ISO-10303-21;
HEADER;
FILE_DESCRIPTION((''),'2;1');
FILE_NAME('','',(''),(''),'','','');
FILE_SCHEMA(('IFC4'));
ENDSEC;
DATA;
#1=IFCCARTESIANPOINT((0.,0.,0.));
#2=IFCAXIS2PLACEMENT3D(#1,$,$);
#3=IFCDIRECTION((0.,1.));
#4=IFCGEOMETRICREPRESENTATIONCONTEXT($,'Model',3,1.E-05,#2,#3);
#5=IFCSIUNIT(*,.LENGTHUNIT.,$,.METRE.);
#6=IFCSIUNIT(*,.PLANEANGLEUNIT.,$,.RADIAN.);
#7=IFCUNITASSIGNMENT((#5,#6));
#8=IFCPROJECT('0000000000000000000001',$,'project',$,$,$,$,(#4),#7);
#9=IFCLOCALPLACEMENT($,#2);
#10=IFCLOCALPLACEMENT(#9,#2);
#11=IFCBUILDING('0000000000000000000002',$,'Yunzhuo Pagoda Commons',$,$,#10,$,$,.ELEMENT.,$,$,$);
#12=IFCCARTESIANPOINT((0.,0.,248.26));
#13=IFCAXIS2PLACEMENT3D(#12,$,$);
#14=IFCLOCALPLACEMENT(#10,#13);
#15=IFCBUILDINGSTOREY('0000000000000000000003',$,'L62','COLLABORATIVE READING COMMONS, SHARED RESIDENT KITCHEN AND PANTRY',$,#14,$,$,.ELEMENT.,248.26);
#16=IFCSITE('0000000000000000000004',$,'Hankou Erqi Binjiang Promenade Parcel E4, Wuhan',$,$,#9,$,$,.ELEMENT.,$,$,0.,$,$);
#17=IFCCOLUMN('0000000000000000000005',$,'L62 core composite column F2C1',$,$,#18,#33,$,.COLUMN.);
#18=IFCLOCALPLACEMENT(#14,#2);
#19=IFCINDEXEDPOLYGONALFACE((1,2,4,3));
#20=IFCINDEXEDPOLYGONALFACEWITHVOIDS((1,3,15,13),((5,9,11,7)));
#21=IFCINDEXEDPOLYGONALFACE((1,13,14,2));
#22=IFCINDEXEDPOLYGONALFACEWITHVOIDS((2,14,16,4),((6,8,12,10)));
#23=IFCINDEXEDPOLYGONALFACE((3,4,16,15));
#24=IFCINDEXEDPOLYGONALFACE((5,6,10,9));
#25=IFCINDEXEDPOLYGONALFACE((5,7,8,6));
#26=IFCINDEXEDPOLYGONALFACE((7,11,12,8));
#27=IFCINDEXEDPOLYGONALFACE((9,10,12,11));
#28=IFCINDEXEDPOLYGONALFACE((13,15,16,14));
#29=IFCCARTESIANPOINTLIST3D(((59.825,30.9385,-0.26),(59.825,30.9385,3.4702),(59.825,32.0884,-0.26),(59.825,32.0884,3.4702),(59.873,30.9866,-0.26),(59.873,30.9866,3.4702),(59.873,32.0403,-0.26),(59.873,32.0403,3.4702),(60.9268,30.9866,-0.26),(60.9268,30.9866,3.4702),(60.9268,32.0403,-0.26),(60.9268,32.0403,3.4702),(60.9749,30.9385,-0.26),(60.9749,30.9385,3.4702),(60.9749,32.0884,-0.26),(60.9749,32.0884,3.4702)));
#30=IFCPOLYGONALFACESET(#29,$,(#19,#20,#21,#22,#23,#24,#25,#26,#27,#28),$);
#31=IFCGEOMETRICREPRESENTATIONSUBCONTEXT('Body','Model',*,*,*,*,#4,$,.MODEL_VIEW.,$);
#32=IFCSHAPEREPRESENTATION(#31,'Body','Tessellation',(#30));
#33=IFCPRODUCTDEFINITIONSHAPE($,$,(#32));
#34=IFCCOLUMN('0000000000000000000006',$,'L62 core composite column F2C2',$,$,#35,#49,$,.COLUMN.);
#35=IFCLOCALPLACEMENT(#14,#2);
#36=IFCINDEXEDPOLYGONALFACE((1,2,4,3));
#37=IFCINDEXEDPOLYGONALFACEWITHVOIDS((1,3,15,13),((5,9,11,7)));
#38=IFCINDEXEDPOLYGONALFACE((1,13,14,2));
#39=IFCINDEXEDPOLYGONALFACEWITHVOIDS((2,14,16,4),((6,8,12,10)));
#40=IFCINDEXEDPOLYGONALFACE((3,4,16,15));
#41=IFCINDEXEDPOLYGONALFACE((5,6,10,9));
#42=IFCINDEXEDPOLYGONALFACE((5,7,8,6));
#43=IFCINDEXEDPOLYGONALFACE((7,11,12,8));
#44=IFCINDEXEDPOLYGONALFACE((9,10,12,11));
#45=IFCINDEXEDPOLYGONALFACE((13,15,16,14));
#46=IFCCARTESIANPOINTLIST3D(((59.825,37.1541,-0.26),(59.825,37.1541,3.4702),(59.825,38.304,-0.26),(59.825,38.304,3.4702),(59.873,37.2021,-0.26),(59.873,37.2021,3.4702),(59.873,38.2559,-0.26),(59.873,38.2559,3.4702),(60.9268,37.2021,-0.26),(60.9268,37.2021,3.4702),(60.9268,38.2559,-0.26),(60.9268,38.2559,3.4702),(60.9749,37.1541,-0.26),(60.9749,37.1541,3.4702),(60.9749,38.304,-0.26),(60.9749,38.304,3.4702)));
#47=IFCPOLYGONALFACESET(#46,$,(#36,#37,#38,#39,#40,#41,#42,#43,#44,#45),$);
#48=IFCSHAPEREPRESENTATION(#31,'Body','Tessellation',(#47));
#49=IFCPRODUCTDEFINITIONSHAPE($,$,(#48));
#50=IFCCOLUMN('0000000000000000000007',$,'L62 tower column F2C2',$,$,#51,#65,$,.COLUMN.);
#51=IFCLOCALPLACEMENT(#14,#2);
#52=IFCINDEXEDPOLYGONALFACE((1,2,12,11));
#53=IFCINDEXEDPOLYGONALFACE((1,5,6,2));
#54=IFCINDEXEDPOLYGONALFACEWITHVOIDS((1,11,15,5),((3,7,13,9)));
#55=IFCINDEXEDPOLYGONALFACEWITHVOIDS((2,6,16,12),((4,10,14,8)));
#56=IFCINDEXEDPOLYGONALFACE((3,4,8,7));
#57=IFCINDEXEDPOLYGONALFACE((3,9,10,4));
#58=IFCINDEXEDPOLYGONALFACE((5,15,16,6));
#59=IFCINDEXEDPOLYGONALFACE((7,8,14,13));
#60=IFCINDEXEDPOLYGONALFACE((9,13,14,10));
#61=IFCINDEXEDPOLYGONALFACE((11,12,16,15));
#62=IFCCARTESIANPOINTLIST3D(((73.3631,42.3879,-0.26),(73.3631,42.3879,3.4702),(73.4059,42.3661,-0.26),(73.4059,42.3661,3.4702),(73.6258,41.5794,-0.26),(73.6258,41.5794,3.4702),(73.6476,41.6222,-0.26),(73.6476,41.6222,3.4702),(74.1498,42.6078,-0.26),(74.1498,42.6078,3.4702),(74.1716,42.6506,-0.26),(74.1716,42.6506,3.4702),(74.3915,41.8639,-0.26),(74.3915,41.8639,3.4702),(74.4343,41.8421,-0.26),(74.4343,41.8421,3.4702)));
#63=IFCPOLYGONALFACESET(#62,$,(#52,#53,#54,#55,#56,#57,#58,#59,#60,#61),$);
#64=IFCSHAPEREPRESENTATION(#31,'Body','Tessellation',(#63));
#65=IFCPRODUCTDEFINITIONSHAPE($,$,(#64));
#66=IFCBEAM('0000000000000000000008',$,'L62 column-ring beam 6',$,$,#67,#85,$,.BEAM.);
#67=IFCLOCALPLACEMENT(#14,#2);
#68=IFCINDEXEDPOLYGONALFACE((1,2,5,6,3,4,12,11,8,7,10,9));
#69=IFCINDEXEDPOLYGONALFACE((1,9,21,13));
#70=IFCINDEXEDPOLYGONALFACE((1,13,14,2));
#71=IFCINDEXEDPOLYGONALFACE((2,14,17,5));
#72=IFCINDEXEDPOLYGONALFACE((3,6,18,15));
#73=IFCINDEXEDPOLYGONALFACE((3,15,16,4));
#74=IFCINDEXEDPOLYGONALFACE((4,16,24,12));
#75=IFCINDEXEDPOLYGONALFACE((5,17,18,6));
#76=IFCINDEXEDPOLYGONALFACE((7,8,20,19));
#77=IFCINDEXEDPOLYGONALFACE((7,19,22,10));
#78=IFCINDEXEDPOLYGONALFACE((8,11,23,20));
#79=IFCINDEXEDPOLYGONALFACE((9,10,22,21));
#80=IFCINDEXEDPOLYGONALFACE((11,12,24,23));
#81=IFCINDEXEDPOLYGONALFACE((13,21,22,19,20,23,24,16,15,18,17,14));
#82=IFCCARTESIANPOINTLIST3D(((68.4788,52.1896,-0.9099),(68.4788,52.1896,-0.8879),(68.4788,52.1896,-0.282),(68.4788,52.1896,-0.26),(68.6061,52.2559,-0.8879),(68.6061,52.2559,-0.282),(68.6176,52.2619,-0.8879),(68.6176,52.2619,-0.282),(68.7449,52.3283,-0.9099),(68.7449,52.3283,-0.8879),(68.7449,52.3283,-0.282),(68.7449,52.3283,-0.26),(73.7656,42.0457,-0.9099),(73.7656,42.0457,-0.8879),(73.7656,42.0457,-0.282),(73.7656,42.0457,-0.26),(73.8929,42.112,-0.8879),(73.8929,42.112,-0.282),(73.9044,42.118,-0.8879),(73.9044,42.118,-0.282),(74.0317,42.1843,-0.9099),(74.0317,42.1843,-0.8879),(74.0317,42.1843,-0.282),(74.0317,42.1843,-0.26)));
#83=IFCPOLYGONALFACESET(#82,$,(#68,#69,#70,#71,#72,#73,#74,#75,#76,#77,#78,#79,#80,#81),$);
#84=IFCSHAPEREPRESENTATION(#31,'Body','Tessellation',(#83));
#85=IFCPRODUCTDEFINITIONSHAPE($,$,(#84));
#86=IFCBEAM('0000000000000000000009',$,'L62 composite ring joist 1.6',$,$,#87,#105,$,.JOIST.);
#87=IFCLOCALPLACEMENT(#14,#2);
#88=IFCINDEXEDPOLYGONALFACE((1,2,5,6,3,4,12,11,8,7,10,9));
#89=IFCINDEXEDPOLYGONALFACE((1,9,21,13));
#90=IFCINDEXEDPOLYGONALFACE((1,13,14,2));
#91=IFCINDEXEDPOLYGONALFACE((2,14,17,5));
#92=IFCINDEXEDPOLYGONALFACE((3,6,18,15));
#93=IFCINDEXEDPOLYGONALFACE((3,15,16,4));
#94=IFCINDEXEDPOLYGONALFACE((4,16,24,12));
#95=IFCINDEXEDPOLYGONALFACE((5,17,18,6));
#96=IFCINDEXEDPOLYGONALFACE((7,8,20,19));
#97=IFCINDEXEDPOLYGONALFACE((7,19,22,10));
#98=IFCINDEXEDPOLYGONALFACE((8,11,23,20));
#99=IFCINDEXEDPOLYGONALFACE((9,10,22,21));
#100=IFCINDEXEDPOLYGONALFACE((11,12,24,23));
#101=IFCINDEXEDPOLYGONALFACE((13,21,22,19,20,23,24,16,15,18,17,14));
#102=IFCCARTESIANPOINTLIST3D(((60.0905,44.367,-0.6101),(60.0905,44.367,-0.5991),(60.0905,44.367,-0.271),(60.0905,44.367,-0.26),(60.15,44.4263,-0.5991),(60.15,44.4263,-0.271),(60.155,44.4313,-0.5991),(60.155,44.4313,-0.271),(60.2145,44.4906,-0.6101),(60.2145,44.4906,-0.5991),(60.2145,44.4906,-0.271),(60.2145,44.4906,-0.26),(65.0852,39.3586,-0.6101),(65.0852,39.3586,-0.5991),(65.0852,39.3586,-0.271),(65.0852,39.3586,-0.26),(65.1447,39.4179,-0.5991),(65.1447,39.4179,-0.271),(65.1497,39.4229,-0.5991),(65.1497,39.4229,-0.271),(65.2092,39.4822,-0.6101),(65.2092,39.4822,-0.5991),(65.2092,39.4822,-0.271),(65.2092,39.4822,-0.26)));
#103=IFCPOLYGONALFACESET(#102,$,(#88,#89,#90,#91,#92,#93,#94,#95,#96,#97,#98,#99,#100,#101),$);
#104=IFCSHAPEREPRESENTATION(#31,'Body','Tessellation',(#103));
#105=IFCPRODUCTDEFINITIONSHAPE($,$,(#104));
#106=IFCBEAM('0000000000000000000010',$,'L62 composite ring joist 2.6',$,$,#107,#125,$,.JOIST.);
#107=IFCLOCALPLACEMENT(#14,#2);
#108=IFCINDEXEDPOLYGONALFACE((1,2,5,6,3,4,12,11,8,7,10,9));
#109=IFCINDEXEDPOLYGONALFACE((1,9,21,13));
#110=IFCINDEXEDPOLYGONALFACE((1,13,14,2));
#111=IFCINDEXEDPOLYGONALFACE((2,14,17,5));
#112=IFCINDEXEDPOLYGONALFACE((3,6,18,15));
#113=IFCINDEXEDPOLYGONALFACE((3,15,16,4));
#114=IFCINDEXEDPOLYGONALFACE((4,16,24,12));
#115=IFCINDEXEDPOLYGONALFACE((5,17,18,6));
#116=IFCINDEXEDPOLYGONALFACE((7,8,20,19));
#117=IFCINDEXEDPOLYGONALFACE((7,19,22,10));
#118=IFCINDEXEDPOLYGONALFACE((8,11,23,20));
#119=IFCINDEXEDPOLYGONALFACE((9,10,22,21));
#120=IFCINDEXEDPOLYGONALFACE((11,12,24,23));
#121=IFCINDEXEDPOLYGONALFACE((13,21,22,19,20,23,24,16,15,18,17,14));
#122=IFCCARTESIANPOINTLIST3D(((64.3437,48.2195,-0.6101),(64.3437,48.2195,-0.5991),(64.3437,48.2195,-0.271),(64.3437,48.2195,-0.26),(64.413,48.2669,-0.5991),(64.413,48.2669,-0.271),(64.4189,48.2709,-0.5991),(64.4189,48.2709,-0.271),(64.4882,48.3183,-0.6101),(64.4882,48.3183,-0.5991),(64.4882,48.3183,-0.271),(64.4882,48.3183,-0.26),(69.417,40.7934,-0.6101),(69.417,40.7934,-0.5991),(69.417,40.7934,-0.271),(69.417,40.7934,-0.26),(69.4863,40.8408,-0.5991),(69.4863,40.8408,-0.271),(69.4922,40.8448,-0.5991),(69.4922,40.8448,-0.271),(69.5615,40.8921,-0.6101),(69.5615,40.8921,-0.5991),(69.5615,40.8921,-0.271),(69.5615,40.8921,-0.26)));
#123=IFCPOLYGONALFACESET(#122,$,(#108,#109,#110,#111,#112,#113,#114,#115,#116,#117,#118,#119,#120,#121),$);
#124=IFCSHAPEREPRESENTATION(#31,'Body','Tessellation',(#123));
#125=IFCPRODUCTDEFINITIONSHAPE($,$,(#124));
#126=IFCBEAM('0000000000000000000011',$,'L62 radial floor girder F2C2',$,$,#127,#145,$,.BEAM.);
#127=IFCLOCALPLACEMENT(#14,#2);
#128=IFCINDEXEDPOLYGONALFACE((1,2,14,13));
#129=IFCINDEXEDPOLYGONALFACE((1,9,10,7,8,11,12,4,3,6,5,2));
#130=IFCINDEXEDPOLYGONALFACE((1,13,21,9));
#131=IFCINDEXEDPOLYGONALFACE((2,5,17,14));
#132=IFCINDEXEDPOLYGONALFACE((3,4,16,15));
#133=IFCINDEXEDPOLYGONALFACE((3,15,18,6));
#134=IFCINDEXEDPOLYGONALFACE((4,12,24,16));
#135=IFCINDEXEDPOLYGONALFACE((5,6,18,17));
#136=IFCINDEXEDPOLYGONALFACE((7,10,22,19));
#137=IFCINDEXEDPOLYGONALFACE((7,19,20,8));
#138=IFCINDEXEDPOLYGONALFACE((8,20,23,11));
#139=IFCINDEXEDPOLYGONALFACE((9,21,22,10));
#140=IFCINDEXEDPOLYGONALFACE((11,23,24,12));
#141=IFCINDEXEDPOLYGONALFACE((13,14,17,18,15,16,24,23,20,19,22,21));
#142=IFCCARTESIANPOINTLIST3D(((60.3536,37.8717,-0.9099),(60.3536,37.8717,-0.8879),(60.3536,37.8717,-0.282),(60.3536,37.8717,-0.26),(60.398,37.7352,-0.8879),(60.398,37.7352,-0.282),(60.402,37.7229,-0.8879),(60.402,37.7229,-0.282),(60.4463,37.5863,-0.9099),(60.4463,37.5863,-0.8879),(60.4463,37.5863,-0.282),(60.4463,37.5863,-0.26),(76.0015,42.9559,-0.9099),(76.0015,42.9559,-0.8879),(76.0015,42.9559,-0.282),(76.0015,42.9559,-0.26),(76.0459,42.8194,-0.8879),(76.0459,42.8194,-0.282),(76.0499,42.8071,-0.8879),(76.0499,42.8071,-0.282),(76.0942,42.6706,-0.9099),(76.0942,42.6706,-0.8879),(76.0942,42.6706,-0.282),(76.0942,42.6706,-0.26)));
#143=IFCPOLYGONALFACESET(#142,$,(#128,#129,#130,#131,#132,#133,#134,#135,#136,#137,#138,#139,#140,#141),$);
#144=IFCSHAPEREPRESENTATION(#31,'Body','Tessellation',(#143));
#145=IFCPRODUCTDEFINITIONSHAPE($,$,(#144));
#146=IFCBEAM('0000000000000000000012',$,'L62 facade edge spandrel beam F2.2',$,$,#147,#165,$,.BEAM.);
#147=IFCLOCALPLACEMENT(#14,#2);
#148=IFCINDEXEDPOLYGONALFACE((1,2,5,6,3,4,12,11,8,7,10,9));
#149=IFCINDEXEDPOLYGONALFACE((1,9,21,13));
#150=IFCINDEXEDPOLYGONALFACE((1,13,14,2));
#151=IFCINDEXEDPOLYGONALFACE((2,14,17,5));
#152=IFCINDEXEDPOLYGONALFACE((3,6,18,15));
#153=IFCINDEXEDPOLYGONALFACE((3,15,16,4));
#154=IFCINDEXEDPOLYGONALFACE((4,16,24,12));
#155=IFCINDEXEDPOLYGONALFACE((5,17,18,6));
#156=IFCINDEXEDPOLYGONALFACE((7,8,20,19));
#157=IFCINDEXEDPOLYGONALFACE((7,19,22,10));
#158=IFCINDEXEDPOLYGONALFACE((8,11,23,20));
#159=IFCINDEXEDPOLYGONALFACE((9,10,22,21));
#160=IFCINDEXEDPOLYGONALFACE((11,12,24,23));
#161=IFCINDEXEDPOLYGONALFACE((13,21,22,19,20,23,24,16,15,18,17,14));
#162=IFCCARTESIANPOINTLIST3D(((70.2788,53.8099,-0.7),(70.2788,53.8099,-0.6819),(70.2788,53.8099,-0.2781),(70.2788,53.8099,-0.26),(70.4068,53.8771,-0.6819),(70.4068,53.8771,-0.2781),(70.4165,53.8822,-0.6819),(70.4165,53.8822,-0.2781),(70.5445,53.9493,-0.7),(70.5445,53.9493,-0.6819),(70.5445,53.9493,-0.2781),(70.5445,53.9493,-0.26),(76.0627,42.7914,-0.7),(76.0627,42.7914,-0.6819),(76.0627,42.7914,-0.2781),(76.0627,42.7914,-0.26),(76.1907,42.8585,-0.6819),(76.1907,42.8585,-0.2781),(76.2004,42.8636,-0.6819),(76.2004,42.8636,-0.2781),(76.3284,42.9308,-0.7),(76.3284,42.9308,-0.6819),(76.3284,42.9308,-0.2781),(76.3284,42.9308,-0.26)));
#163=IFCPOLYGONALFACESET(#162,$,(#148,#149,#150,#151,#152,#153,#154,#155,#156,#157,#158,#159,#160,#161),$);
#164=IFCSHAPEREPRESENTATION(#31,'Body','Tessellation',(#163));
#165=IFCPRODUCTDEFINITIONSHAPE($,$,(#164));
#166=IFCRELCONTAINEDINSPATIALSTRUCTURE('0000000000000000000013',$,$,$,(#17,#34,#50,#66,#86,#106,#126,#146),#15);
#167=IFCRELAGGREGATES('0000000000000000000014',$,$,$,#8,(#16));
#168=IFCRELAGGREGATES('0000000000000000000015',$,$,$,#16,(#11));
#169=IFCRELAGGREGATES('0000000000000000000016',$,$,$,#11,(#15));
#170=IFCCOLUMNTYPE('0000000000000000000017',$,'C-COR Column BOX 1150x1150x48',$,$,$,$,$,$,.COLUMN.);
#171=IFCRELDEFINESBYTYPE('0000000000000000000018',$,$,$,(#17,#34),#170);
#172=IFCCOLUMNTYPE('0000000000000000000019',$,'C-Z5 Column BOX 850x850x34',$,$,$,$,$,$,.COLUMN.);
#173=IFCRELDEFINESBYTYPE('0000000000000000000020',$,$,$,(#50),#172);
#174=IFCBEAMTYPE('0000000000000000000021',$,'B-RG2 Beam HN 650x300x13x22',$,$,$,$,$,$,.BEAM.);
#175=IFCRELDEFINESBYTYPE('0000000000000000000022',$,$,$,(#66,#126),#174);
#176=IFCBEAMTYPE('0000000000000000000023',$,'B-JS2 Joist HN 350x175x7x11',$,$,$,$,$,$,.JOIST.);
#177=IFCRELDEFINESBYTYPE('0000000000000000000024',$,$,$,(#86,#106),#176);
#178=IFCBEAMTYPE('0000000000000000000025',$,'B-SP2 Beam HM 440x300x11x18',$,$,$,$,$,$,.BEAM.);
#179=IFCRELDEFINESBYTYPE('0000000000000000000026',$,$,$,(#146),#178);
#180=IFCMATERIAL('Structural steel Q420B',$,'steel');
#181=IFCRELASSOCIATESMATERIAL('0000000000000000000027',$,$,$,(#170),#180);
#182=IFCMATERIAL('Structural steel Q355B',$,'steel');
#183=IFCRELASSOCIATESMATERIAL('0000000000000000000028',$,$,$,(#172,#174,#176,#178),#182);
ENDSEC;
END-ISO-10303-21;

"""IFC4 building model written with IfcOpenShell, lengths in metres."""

from ifc_helpers import new_model, si_unit, direction, frame, origin, origin_2d, place, context, subcontext, project, spatial, hollow_rectangle, i_section, extrude, source, transform, mapped, material, material_profile, profile_set, type_object, element, save


model = new_model("IFC4")

# Units and contexts
model_context = context("Model", 3, precision=1e-05, world=origin(), true_north=direction((0.0, 1.0)))
body_context = subcontext(model_context, "Body", "Model", "MODEL_VIEW")
ifc_project = project(units=[si_unit("LENGTHUNIT", "METRE"), si_unit("PLANEANGLEUNIT", "RADIAN")], contexts=[model_context])

# Site, building, storey
site_placement = place(None, origin())
site = spatial("IfcSite", under=ifc_project, at=site_placement, Name="Hankou Erqi Binjiang Promenade Parcel E4, Wuhan", CompositionType="ELEMENT", RefElevation=0.0)
building_placement = place(site_placement, origin())
building = spatial("IfcBuilding", under=site, at=building_placement, Name="Yunzhuo Pagoda Commons", CompositionType="ELEMENT")
storey_placement = place(building_placement, frame((0.0, 0.0, 248.26)))
storey = spatial("IfcBuildingStorey", under=building, at=storey_placement, Name="L62", Description="COLLABORATIVE READING COMMONS, SHARED RESIDENT KITCHEN AND PANTRY", CompositionType="ELEMENT", Elevation=248.26)

# Columns
ifc_material_1 = material(Name="Structural steel Q420B", Category="steel")
ifc_material_profile_1 = material_profile(ifc_material_1, hollow_rectangle(XDim=1.1499, YDim=1.1499, WallThickness=0.0481, at=origin_2d()), Name="Structural steel Q420B")
ifc_profile_set_1 = profile_set([ifc_material_profile_1], Name="Structural steel Q420B")
column_type_1 = type_object("IfcColumnType", Name="C-COR Column BOX 1150x1150x48", PredefinedType="COLUMN", material=ifc_profile_set_1)
shared_shape_1 = source(origin(), body_context, "Body", "SweptSolid", [
    extrude(hollow_rectangle(XDim=1.1499, YDim=1.1499, WallThickness=0.0481, at=origin_2d()), origin(), (0.0, 0.0, 1.0), 3.7302),
])
for number, where, z_axis, x_axis, name in (
    (1, (60.3999, 31.5134, -0.26), (0.0, 0.0, 1.0), (1.0, 0.0, 0.0), "L62 core composite column F2C1"),
    (2, (60.3999, 37.729, -0.26), (0.0, 0.0, 1.0), (1.0, 0.0, 0.0), "L62 core composite column F2C2"),
):
    element("IfcColumn", number, at=place(storey_placement, frame(where, z_axis=z_axis, x_axis=x_axis)), inside=storey, type_object=column_type_1, Name=name, PredefinedType="COLUMN", context=body_context, shape_type="MappedRepresentation", body=[
        mapped(shared_shape_1, transform((0.0, 0.0, 0.0), scale=1.0)),
    ])
ifc_material_2 = material(Name="Structural steel Q355B", Category="steel")
ifc_material_profile_2 = material_profile(ifc_material_2, hollow_rectangle(XDim=0.8501, YDim=0.8501, WallThickness=0.0339, at=origin_2d()), Name="Structural steel Q355B")
ifc_profile_set_2 = profile_set([ifc_material_profile_2], Name="Structural steel Q355B")
column_type_2 = type_object("IfcColumnType", Name="C-Z5 Column BOX 850x850x34", PredefinedType="COLUMN", material=ifc_profile_set_2)
shared_shape_2 = source(origin(), body_context, "Body", "SweptSolid", [
    extrude(hollow_rectangle(XDim=0.8501, YDim=0.8501, WallThickness=0.0339, at=origin_2d()), origin(), (0.0, 0.0, 1.0), 3.7302),
])
column_placement = place(storey_placement, frame((73.8987, 42.115, -0.26), z_axis=(0.0, 0.0, 1.0), x_axis=(-0.309017, 0.951057, 0.0)))
element("IfcColumn", 3, at=column_placement, inside=storey, type_object=column_type_2, Name="L62 tower column F2C2", PredefinedType="COLUMN", context=body_context, shape_type="MappedRepresentation", body=[
    mapped(shared_shape_2, transform((0.0, 0.0, 0.0), scale=1.0)),
])

# Beams
ifc_material_profile_3 = material_profile(ifc_material_2, i_section(OverallWidth=0.3, OverallDepth=0.6499, WebThickness=0.0129, FlangeThickness=0.022, at=origin_2d()), Name="Structural steel Q355B")
ifc_profile_set_3 = profile_set([ifc_material_profile_3], Name="Structural steel Q355B")
beam_type_1 = type_object("IfcBeamType", Name="B-RG2 Beam HN 650x300x13x22", PredefinedType="BEAM", material=ifc_profile_set_3)
shared_shape_3 = source(origin(), body_context, "Body", "SweptSolid", [
    extrude(i_section(OverallWidth=0.3, OverallDepth=0.6499, WebThickness=0.0129, FlangeThickness=0.022, at=origin_2d()), origin(), (0.0, 0.0, 1.0), 11.439),
])
beam_1_placement = place(storey_placement, frame((73.8987, 42.115, -0.585), z_axis=(-0.462176, 0.886788, 0.0), x_axis=(-0.886788, -0.462176, 0.0)))
element("IfcBeam", 4, at=beam_1_placement, inside=storey, type_object=beam_type_1, Name="L62 column-ring beam 6", PredefinedType="BEAM", context=body_context, shape_type="MappedRepresentation", body=[
    mapped(shared_shape_3, transform((0.0, 0.0, 0.0), scale=1.0)),
])
ifc_material_profile_4 = material_profile(ifc_material_2, i_section(OverallWidth=0.175, OverallDepth=0.3501, WebThickness=0.0071, FlangeThickness=0.011, at=origin_2d()), Name="Structural steel Q355B")
ifc_profile_set_4 = profile_set([ifc_material_profile_4], Name="Structural steel Q355B")
beam_type_2 = type_object("IfcBeamType", Name="B-JS2 Joist HN 350x175x7x11", PredefinedType="JOIST", material=ifc_profile_set_4)
shared_shape_4 = source(origin(), body_context, "Body", "SweptSolid", [
    extrude(i_section(OverallWidth=0.175, OverallDepth=0.3501, WebThickness=0.0071, FlangeThickness=0.011, at=origin_2d()), origin(), (0.0, 0.0, 1.0), 7.0732),
])
beam_2_placement = place(storey_placement, frame((65.1472, 39.4204, -0.4351), z_axis=(-0.70614, 0.708073, 0.0), x_axis=(-0.708073, -0.70614, 0.0)))
element("IfcBeam", 5, at=beam_2_placement, inside=storey, type_object=beam_type_2, Name="L62 composite ring joist 1.6", PredefinedType="JOIST", context=body_context, shape_type="MappedRepresentation", body=[
    mapped(shared_shape_4, transform((0.0, 0.0, 0.0), scale=1.0)),
])
shared_shape_5 = source(origin(), body_context, "Body", "SweptSolid", [
    extrude(i_section(OverallWidth=0.175, OverallDepth=0.3501, WebThickness=0.0071, FlangeThickness=0.011, at=origin_2d()), origin(), (0.0, 0.0, 1.0), 8.9937),
])
beam_3_placement = place(storey_placement, frame((69.4893, 40.8428, -0.4351), z_axis=(-0.564099, 0.825707, 0.0), x_axis=(-0.825707, -0.564099, 0.0)))
element("IfcBeam", 6, at=beam_3_placement, inside=storey, type_object=beam_type_2, Name="L62 composite ring joist 2.6", PredefinedType="JOIST", context=body_context, shape_type="MappedRepresentation", body=[
    mapped(shared_shape_5, transform((0.0, 0.0, 0.0), scale=1.0)),
])
shared_shape_6 = source(origin(), body_context, "Body", "SweptSolid", [
    extrude(i_section(OverallWidth=0.3, OverallDepth=0.6499, WebThickness=0.0129, FlangeThickness=0.022, at=origin_2d()), origin(), (0.0, 0.0, 1.0), 16.4531),
])
beam_4_placement = place(storey_placement, frame((76.0479, 42.8132, -0.585), z_axis=(-0.951058, -0.309012, 0.0), x_axis=(0.309012, -0.951058, 0.0)))
element("IfcBeam", 7, at=beam_4_placement, inside=storey, type_object=beam_type_1, Name="L62 radial floor girder F2C2", PredefinedType="BEAM", context=body_context, shape_type="MappedRepresentation", body=[
    mapped(shared_shape_6, transform((0.0, 0.0, 0.0), scale=1.0)),
])
ifc_material_profile_5 = material_profile(ifc_material_2, i_section(OverallWidth=0.3, OverallDepth=0.4399, WebThickness=0.011, FlangeThickness=0.0181, at=origin_2d()), Name="Structural steel Q355B")
ifc_profile_set_5 = profile_set([ifc_material_profile_5], Name="Structural steel Q355B")
beam_type_3 = type_object("IfcBeamType", Name="B-SP2 Beam HM 440x300x11x18", PredefinedType="BEAM", material=ifc_profile_set_5)
shared_shape_7 = source(origin(), body_context, "Body", "SweptSolid", [
    extrude(i_section(OverallWidth=0.3, OverallDepth=0.4399, WebThickness=0.011, FlangeThickness=0.0181, at=origin_2d()), origin(), (0.0, 0.0, 1.0), 12.4443),
])
beam_5_placement = place(storey_placement, frame((76.1956, 42.8611, -0.48), z_axis=(-0.464783, 0.885425, 0.0), x_axis=(-0.885425, -0.464783, 0.0)))
element("IfcBeam", 8, at=beam_5_placement, inside=storey, type_object=beam_type_3, Name="L62 facade edge spandrel beam F2.2", PredefinedType="BEAM", context=body_context, shape_type="MappedRepresentation", body=[
    mapped(shared_shape_7, transform((0.0, 0.0, 0.0), scale=1.0)),
])

save(model, "model.ifc")
